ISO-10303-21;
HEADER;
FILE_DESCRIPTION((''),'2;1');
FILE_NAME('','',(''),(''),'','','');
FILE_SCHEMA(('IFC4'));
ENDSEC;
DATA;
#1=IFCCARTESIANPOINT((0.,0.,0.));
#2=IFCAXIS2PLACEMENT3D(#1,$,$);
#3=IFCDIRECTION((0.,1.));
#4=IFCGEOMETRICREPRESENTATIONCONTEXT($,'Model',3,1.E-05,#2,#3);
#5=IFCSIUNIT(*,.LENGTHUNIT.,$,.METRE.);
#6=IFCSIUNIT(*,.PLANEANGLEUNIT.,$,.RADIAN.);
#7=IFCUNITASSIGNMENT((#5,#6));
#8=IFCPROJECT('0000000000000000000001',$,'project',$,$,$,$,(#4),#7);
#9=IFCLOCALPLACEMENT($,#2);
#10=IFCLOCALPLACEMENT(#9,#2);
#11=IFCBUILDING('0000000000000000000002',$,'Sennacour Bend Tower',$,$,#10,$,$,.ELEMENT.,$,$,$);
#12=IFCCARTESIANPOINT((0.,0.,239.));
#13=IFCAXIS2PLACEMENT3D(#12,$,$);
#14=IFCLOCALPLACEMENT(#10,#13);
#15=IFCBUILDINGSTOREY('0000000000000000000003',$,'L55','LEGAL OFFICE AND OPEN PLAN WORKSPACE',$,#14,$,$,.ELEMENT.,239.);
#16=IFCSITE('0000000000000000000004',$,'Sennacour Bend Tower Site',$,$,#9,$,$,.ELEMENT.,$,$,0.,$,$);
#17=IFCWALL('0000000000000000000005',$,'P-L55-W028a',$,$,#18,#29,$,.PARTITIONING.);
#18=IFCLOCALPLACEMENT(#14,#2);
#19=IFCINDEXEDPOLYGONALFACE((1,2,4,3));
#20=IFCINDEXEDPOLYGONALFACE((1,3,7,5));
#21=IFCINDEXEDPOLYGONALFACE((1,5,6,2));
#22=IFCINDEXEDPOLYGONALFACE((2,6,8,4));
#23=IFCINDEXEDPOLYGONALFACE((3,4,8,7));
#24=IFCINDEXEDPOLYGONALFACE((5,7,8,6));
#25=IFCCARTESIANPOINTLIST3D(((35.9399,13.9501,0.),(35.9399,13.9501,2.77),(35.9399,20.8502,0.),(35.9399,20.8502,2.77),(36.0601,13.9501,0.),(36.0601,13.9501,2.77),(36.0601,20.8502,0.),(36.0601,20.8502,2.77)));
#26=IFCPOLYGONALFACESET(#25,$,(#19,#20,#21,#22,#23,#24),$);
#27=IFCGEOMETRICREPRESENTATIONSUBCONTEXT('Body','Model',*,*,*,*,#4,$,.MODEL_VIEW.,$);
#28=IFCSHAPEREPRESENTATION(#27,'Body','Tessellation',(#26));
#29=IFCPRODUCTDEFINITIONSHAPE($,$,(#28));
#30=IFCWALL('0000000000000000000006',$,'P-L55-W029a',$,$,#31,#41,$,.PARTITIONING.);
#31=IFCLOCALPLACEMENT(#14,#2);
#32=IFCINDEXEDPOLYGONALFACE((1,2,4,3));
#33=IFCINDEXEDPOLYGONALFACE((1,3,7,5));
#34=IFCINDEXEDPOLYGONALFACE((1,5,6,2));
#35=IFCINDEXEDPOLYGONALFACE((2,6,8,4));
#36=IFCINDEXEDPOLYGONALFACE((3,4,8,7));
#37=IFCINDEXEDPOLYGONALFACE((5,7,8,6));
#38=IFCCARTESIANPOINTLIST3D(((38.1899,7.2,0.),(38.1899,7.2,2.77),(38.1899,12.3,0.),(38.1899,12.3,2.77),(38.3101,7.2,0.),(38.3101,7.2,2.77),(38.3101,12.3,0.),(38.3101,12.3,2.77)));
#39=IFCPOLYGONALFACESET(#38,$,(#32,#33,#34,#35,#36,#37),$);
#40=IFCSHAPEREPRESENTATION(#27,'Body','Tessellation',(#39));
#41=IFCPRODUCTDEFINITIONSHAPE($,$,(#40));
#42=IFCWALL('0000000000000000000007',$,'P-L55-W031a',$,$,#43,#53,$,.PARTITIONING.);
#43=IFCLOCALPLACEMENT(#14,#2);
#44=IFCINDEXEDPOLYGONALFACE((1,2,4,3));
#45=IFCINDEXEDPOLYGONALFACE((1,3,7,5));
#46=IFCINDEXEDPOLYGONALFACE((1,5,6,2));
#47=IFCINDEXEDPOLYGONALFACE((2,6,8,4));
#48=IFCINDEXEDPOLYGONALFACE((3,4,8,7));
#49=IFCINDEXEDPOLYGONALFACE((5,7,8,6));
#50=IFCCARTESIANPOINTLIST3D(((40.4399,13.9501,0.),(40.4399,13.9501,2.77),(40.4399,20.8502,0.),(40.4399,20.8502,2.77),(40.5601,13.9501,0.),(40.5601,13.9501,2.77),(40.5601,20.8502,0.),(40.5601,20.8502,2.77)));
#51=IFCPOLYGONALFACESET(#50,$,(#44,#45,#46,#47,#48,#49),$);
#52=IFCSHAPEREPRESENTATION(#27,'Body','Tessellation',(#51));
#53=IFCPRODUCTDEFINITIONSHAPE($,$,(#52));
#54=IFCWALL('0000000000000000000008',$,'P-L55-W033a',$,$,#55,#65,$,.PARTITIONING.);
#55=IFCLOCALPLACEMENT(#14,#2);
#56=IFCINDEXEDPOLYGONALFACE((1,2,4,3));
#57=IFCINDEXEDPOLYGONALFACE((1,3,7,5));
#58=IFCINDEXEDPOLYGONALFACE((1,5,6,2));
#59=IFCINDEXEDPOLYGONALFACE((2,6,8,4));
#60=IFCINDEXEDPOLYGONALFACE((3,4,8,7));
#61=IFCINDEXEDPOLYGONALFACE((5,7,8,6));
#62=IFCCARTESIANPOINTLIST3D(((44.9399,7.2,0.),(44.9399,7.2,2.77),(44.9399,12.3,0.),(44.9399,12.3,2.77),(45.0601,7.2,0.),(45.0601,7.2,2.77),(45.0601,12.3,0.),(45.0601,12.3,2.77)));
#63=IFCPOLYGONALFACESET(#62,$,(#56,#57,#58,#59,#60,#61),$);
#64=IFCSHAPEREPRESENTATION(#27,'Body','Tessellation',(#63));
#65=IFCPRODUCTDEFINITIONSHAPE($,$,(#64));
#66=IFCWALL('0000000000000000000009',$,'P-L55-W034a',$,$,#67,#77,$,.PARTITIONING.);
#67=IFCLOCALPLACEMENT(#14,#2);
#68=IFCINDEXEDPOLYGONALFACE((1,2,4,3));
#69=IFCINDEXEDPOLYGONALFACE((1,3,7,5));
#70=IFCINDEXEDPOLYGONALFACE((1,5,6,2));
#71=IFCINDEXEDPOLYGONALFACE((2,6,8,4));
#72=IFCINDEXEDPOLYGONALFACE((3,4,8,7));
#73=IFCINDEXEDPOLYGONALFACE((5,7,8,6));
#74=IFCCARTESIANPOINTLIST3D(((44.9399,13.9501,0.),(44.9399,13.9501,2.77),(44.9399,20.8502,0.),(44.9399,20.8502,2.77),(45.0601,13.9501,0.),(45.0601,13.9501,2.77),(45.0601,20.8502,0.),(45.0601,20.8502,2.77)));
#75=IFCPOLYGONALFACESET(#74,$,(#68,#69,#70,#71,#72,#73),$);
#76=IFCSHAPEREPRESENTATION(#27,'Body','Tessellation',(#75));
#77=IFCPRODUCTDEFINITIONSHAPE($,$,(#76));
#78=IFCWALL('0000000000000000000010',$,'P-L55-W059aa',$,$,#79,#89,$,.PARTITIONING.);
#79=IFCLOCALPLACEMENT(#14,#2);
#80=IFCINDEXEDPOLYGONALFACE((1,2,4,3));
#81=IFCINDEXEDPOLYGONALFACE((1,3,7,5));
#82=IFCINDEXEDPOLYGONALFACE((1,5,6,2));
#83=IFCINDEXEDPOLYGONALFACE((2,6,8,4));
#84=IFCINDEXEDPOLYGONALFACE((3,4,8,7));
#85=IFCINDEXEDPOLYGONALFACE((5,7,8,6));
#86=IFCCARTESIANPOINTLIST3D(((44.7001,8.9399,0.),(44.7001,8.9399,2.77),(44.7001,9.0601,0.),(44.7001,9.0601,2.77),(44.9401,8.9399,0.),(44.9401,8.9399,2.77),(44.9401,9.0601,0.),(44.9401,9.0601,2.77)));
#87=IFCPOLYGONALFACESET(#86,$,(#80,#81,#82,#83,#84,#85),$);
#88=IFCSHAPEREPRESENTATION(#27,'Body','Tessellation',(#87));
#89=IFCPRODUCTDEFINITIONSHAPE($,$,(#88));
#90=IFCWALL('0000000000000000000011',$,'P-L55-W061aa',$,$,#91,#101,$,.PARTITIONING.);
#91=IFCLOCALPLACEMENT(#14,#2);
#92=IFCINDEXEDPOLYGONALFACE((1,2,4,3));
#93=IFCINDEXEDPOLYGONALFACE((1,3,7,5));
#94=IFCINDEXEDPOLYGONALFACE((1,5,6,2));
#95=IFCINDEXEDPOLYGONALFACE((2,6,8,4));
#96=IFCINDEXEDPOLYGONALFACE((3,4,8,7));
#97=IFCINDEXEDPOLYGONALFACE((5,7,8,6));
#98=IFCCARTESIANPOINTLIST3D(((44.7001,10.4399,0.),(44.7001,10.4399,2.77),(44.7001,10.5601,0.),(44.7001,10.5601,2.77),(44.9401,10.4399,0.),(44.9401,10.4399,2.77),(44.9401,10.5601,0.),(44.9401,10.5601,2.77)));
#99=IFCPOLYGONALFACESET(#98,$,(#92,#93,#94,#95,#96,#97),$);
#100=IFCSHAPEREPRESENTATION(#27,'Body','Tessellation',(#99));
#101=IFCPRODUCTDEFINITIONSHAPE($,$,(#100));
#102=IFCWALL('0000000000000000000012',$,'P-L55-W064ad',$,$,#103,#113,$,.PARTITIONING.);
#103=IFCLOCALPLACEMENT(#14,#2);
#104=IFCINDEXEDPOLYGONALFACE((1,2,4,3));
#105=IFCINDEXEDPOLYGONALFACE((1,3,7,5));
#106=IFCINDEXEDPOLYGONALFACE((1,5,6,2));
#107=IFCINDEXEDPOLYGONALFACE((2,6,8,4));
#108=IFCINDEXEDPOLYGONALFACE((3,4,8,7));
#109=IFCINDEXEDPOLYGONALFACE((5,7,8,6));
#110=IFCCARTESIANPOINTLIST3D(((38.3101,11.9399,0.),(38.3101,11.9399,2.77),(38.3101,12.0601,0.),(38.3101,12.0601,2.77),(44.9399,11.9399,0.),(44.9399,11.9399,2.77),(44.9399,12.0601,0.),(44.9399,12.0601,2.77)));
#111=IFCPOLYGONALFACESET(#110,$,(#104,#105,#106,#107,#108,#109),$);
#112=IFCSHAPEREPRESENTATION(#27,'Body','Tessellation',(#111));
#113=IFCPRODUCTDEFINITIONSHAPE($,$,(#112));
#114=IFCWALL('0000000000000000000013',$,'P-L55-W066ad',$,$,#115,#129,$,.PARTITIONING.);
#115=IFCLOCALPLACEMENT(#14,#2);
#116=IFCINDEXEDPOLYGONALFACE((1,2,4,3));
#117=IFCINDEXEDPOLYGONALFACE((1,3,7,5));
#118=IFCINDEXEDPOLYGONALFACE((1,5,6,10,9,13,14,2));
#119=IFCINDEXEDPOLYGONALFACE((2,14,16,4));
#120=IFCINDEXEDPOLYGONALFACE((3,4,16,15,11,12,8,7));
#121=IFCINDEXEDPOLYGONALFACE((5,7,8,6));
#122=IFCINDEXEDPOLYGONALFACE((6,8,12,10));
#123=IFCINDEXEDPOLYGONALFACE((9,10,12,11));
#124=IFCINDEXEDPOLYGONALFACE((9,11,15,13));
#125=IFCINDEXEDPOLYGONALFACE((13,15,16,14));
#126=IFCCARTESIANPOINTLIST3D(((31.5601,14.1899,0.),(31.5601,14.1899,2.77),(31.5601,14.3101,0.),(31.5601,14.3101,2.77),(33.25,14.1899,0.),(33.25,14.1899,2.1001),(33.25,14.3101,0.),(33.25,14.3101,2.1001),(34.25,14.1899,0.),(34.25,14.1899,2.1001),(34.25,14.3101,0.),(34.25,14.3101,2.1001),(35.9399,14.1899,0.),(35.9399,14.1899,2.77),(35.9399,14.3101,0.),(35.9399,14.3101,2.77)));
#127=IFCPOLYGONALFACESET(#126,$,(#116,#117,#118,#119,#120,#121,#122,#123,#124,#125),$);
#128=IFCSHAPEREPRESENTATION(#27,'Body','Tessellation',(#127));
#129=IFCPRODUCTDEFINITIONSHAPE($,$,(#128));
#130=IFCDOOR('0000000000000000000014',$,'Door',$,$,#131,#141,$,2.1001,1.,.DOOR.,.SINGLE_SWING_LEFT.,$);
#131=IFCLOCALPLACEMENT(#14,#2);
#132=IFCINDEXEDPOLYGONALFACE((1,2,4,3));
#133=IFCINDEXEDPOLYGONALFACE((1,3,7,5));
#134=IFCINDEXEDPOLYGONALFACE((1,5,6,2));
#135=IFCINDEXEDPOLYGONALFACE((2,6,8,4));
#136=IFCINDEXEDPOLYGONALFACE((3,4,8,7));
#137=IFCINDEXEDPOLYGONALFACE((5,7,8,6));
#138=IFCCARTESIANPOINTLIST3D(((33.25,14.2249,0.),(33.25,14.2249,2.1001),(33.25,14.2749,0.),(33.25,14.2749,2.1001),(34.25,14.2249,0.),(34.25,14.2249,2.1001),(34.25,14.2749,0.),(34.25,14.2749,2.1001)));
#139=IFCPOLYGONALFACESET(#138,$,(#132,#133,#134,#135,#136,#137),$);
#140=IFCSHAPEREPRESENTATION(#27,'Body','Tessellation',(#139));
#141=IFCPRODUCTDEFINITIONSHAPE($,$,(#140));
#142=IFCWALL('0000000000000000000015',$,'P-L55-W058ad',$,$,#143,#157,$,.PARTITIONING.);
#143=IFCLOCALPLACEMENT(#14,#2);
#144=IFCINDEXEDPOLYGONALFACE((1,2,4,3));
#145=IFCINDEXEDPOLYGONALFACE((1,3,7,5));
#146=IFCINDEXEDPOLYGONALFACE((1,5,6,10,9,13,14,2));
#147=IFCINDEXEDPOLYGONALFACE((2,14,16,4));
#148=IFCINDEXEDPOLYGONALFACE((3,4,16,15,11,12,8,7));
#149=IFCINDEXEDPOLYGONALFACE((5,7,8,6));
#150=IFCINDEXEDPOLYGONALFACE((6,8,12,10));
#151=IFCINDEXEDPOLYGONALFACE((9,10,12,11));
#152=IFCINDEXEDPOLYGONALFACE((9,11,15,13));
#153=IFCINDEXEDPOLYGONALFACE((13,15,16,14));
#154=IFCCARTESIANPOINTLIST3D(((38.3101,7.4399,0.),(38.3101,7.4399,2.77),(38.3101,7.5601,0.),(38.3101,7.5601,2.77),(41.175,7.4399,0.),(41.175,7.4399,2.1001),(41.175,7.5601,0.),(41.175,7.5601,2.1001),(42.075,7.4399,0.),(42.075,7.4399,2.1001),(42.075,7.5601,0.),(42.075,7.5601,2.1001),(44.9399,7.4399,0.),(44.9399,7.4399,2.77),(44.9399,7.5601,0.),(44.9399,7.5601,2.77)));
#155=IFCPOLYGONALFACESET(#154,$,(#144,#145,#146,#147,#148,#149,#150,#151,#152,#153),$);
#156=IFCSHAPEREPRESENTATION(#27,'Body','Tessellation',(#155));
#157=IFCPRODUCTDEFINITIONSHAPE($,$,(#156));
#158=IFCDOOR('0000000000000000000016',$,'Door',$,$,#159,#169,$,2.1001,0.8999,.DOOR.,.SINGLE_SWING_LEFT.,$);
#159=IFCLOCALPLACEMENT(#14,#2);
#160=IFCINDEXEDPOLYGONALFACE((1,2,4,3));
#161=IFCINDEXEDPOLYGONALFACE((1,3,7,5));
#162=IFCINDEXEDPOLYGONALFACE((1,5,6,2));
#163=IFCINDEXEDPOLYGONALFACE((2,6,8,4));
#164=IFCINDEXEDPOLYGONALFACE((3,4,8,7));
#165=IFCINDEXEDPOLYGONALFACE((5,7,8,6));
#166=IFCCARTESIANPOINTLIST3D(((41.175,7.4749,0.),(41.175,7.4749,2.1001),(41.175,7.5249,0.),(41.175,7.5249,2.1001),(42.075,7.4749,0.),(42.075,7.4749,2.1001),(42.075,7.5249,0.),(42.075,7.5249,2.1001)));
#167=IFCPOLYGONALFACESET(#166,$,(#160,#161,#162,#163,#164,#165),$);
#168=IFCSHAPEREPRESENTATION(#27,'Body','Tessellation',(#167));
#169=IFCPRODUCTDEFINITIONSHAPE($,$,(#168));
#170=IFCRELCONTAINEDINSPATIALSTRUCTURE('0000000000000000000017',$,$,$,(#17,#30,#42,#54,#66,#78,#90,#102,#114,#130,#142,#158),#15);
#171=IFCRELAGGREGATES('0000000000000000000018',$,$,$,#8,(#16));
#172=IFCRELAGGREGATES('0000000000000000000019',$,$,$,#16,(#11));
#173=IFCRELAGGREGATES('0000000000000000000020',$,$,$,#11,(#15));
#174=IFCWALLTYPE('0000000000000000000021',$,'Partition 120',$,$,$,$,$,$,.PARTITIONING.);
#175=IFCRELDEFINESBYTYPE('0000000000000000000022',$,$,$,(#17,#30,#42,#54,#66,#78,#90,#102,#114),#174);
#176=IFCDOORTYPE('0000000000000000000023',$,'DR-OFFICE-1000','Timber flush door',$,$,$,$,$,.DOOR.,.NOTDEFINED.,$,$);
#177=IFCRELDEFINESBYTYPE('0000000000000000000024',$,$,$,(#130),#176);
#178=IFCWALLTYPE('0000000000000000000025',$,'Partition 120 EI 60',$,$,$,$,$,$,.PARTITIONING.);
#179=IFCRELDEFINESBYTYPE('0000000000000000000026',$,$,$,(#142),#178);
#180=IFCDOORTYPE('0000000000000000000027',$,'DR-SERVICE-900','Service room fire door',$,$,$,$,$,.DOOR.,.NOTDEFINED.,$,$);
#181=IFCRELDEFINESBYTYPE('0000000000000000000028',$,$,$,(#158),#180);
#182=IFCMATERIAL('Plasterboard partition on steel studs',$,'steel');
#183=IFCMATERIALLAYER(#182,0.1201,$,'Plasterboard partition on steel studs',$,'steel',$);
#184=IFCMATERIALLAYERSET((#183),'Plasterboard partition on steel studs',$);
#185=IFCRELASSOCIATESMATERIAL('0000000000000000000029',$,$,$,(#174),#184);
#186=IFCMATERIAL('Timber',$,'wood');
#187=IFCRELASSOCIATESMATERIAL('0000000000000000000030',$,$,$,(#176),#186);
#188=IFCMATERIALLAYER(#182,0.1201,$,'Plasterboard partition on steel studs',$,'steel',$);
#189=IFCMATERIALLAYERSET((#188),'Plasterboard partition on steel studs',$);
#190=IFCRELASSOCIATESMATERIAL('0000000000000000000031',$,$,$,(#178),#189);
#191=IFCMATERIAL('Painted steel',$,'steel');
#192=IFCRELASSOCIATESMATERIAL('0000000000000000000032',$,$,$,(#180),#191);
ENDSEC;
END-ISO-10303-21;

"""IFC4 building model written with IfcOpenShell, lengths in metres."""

from ifc_helpers import new_model, si_unit, direction, frame, frame_2d, origin, place, context, subcontext, project, spatial, rectangle, extrude, material, layer, layer_set, type_object, element, fill, save


model = new_model("IFC4")

# Units and contexts
model_context = context("Model", 3, precision=1e-05, world=origin(), true_north=direction((0.0, 1.0)))
body_context = subcontext(model_context, "Body", "Model", "MODEL_VIEW")
ifc_project = project(units=[si_unit("LENGTHUNIT", "METRE"), si_unit("PLANEANGLEUNIT", "RADIAN")], contexts=[model_context])

# Site, building, storey
site_placement = place(None, origin())
site = spatial("IfcSite", under=ifc_project, at=site_placement, Name="Sennacour Bend Tower Site", CompositionType="ELEMENT", RefElevation=0.0)
building_placement = place(site_placement, origin())
building = spatial("IfcBuilding", under=site, at=building_placement, Name="Sennacour Bend Tower", CompositionType="ELEMENT")
storey_placement = place(building_placement, frame((0.0, 0.0, 239.0)))
storey = spatial("IfcBuildingStorey", under=building, at=storey_placement, Name="L55", Description="LEGAL OFFICE AND OPEN PLAN WORKSPACE", CompositionType="ELEMENT", Elevation=239.0)

# Walls
ifc_material_1 = material(Name="Plasterboard partition on steel studs", Category="steel")
ifc_layer_1 = layer(ifc_material_1, 0.1201, Name="Plasterboard partition on steel studs", Category="steel")
ifc_layer_set_1 = layer_set([ifc_layer_1], Name="Plasterboard partition on steel studs")
wall_type_1 = type_object("IfcWallType", Name="Partition 120", PredefinedType="PARTITIONING", material=ifc_layer_set_1)
wall_1_placement = place(storey_placement, frame((36.0, 13.95, 0.0), z_axis=(0.0, 0.0, 1.0), x_axis=(0.0, 1.0, 0.0)))
element("IfcWall", 1, at=wall_1_placement, inside=storey, type_object=wall_type_1, Name="P-L55-W028a", PredefinedType="PARTITIONING", context=body_context, shape_type="SweptSolid", body=[
    extrude(rectangle(XDim=6.9001, YDim=0.1201, at=frame_2d((3.4502, 0.0))), origin(), (0.0, 0.0, 1.0), 2.77),
])
wall_2_placement = place(storey_placement, frame((38.25, 7.2, 0.0), z_axis=(0.0, 0.0, 1.0), x_axis=(0.0, 1.0, 0.0)))
element("IfcWall", 2, at=wall_2_placement, inside=storey, type_object=wall_type_1, Name="P-L55-W029a", PredefinedType="PARTITIONING", context=body_context, shape_type="SweptSolid", body=[
    extrude(rectangle(XDim=5.1001, YDim=0.1201, at=frame_2d((2.55, 0.0))), origin(), (0.0, 0.0, 1.0), 2.77),
])
wall_3_placement = place(storey_placement, frame((40.5, 13.95, 0.0), z_axis=(0.0, 0.0, 1.0), x_axis=(0.0, 1.0, 0.0)))
element("IfcWall", 3, at=wall_3_placement, inside=storey, type_object=wall_type_1, Name="P-L55-W031a", PredefinedType="PARTITIONING", context=body_context, shape_type="SweptSolid", body=[
    extrude(rectangle(XDim=6.9001, YDim=0.1201, at=frame_2d((3.4502, 0.0))), origin(), (0.0, 0.0, 1.0), 2.77),
])
wall_4_placement = place(storey_placement, frame((45.0, 7.2, 0.0), z_axis=(0.0, 0.0, 1.0), x_axis=(0.0, 1.0, 0.0)))
element("IfcWall", 4, at=wall_4_placement, inside=storey, type_object=wall_type_1, Name="P-L55-W033a", PredefinedType="PARTITIONING", context=body_context, shape_type="SweptSolid", body=[
    extrude(rectangle(XDim=5.1001, YDim=0.1201, at=frame_2d((2.55, 0.0))), origin(), (0.0, 0.0, 1.0), 2.77),
])
wall_5_placement = place(storey_placement, frame((45.0, 13.95, 0.0), z_axis=(0.0, 0.0, 1.0), x_axis=(0.0, 1.0, 0.0)))
element("IfcWall", 5, at=wall_5_placement, inside=storey, type_object=wall_type_1, Name="P-L55-W034a", PredefinedType="PARTITIONING", context=body_context, shape_type="SweptSolid", body=[
    extrude(rectangle(XDim=6.9001, YDim=0.1201, at=frame_2d((3.4502, 0.0))), origin(), (0.0, 0.0, 1.0), 2.77),
])
for number, where, z_axis, x_axis, name in (
    (6, (44.7, 9.0, 0.0), (0.0, 0.0, 1.0), (1.0, 0.0, 0.0), "P-L55-W059aa"),
    (7, (44.7, 10.5, 0.0), (0.0, 0.0, 1.0), (1.0, 0.0, 0.0), "P-L55-W061aa"),
):
    element("IfcWall", number, at=place(storey_placement, frame(where, z_axis=z_axis, x_axis=x_axis)), inside=storey, type_object=wall_type_1, Name=name, PredefinedType="PARTITIONING", context=body_context, shape_type="SweptSolid", body=[
        extrude(rectangle(XDim=0.24, YDim=0.1201, at=frame_2d((0.1201, 0.0))), origin(), (0.0, 0.0, 1.0), 2.77),
    ])
wall_6_placement = place(storey_placement, frame((38.3101, 12.0, 0.0), z_axis=(0.0, 0.0, 1.0), x_axis=(1.0, 0.0, 0.0)))
element("IfcWall", 8, at=wall_6_placement, inside=storey, type_object=wall_type_1, Name="P-L55-W064ad", PredefinedType="PARTITIONING", context=body_context, shape_type="SweptSolid", body=[
    extrude(rectangle(XDim=6.6299, YDim=0.1201, at=frame_2d((3.3149, 0.0))), origin(), (0.0, 0.0, 1.0), 2.77),
])

# Walls, openings, doors
wall_7_placement = place(storey_placement, frame((31.5601, 14.25, 0.0), z_axis=(0.0, 0.0, 1.0), x_axis=(1.0, 0.0, 0.0)))
wall_7 = element("IfcWall", 9, at=wall_7_placement, inside=storey, type_object=wall_type_1, Name="P-L55-W066ad", PredefinedType="PARTITIONING", context=body_context, shape_type="SweptSolid", body=[
    extrude(rectangle(XDim=4.3799, YDim=0.1201, at=frame_2d((2.1899, 0.0))), origin(), (0.0, 0.0, 1.0), 2.77),
])
opening_1_placement = place(wall_7_placement, frame((1.6899, 0.0, 0.0)))
opening_1 = element("IfcOpeningElement", 10, at=opening_1_placement, cuts=wall_7, PredefinedType="OPENING", context=body_context, shape_type="SweptSolid", body=[
    extrude(rectangle(XDim=1.0, YDim=2.1001, at=frame_2d((0.5, 1.05))), frame((0.0, 0.0701, 0.0), z_axis=(0.0, -1.0, 0.0), x_axis=(1.0, 0.0, 0.0)), (0.0, 0.0, 1.0), 0.1401),
])
ifc_material_2 = material(Name="Timber", Category="wood")
door_type_1 = type_object("IfcDoorType", Name="DR-OFFICE-1000", Description="Timber flush door", OperationType="NOTDEFINED", PredefinedType="DOOR", material=ifc_material_2)
door_1_placement = place(opening_1_placement, origin())
door_1 = element("IfcDoor", 11, at=door_1_placement, inside=storey, type_object=door_type_1, Name="Door", OperationType="SINGLE_SWING_LEFT", OverallHeight=2.1001, OverallWidth=1.0, PredefinedType="DOOR", context=body_context, shape_type="SweptSolid", body=[
    extrude(rectangle(XDim=1.0, YDim=2.1001, at=frame_2d((0.5, 1.05))), frame((0.0, 0.0249, 0.0), z_axis=(0.0, -1.0, 0.0), x_axis=(1.0, 0.0, 0.0)), (0.0, 0.0, 1.0), 0.05),
])
fill(opening_1, door_1)
ifc_layer_2 = layer(ifc_material_1, 0.1201, Name="Plasterboard partition on steel studs", Category="steel")
ifc_layer_set_2 = layer_set([ifc_layer_2], Name="Plasterboard partition on steel studs")
wall_type_2 = type_object("IfcWallType", Name="Partition 120 EI 60", PredefinedType="PARTITIONING", material=ifc_layer_set_2)
wall_8_placement = place(storey_placement, frame((38.3101, 7.5, 0.0), z_axis=(0.0, 0.0, 1.0), x_axis=(1.0, 0.0, 0.0)))
wall_8 = element("IfcWall", 12, at=wall_8_placement, inside=storey, type_object=wall_type_2, Name="P-L55-W058ad", PredefinedType="PARTITIONING", context=body_context, shape_type="SweptSolid", body=[
    extrude(rectangle(XDim=6.6299, YDim=0.1201, at=frame_2d((3.3149, 0.0))), origin(), (0.0, 0.0, 1.0), 2.77),
])
opening_2_placement = place(wall_8_placement, frame((2.865, 0.0, 0.0)))
opening_2 = element("IfcOpeningElement", 13, at=opening_2_placement, cuts=wall_8, PredefinedType="OPENING", context=body_context, shape_type="SweptSolid", body=[
    extrude(rectangle(XDim=0.8999, YDim=2.1001, at=frame_2d((0.45, 1.05))), frame((0.0, 0.0701, 0.0), z_axis=(0.0, -1.0, 0.0), x_axis=(1.0, 0.0, 0.0)), (0.0, 0.0, 1.0), 0.1401),
])
ifc_material_3 = material(Name="Painted steel", Category="steel")
door_type_2 = type_object("IfcDoorType", Name="DR-SERVICE-900", Description="Service room fire door", OperationType="NOTDEFINED", PredefinedType="DOOR", material=ifc_material_3)
door_2_placement = place(opening_2_placement, origin())
door_2 = element("IfcDoor", 14, at=door_2_placement, inside=storey, type_object=door_type_2, Name="Door", OperationType="SINGLE_SWING_LEFT", OverallHeight=2.1001, OverallWidth=0.8999, PredefinedType="DOOR", context=body_context, shape_type="SweptSolid", body=[
    extrude(rectangle(XDim=0.8999, YDim=2.1001, at=frame_2d((0.45, 1.05))), frame((0.0, 0.0249, 0.0), z_axis=(0.0, -1.0, 0.0), x_axis=(1.0, 0.0, 0.0)), (0.0, 0.0, 1.0), 0.05),
])
fill(opening_2, door_2)

save(model, "model.ifc")
